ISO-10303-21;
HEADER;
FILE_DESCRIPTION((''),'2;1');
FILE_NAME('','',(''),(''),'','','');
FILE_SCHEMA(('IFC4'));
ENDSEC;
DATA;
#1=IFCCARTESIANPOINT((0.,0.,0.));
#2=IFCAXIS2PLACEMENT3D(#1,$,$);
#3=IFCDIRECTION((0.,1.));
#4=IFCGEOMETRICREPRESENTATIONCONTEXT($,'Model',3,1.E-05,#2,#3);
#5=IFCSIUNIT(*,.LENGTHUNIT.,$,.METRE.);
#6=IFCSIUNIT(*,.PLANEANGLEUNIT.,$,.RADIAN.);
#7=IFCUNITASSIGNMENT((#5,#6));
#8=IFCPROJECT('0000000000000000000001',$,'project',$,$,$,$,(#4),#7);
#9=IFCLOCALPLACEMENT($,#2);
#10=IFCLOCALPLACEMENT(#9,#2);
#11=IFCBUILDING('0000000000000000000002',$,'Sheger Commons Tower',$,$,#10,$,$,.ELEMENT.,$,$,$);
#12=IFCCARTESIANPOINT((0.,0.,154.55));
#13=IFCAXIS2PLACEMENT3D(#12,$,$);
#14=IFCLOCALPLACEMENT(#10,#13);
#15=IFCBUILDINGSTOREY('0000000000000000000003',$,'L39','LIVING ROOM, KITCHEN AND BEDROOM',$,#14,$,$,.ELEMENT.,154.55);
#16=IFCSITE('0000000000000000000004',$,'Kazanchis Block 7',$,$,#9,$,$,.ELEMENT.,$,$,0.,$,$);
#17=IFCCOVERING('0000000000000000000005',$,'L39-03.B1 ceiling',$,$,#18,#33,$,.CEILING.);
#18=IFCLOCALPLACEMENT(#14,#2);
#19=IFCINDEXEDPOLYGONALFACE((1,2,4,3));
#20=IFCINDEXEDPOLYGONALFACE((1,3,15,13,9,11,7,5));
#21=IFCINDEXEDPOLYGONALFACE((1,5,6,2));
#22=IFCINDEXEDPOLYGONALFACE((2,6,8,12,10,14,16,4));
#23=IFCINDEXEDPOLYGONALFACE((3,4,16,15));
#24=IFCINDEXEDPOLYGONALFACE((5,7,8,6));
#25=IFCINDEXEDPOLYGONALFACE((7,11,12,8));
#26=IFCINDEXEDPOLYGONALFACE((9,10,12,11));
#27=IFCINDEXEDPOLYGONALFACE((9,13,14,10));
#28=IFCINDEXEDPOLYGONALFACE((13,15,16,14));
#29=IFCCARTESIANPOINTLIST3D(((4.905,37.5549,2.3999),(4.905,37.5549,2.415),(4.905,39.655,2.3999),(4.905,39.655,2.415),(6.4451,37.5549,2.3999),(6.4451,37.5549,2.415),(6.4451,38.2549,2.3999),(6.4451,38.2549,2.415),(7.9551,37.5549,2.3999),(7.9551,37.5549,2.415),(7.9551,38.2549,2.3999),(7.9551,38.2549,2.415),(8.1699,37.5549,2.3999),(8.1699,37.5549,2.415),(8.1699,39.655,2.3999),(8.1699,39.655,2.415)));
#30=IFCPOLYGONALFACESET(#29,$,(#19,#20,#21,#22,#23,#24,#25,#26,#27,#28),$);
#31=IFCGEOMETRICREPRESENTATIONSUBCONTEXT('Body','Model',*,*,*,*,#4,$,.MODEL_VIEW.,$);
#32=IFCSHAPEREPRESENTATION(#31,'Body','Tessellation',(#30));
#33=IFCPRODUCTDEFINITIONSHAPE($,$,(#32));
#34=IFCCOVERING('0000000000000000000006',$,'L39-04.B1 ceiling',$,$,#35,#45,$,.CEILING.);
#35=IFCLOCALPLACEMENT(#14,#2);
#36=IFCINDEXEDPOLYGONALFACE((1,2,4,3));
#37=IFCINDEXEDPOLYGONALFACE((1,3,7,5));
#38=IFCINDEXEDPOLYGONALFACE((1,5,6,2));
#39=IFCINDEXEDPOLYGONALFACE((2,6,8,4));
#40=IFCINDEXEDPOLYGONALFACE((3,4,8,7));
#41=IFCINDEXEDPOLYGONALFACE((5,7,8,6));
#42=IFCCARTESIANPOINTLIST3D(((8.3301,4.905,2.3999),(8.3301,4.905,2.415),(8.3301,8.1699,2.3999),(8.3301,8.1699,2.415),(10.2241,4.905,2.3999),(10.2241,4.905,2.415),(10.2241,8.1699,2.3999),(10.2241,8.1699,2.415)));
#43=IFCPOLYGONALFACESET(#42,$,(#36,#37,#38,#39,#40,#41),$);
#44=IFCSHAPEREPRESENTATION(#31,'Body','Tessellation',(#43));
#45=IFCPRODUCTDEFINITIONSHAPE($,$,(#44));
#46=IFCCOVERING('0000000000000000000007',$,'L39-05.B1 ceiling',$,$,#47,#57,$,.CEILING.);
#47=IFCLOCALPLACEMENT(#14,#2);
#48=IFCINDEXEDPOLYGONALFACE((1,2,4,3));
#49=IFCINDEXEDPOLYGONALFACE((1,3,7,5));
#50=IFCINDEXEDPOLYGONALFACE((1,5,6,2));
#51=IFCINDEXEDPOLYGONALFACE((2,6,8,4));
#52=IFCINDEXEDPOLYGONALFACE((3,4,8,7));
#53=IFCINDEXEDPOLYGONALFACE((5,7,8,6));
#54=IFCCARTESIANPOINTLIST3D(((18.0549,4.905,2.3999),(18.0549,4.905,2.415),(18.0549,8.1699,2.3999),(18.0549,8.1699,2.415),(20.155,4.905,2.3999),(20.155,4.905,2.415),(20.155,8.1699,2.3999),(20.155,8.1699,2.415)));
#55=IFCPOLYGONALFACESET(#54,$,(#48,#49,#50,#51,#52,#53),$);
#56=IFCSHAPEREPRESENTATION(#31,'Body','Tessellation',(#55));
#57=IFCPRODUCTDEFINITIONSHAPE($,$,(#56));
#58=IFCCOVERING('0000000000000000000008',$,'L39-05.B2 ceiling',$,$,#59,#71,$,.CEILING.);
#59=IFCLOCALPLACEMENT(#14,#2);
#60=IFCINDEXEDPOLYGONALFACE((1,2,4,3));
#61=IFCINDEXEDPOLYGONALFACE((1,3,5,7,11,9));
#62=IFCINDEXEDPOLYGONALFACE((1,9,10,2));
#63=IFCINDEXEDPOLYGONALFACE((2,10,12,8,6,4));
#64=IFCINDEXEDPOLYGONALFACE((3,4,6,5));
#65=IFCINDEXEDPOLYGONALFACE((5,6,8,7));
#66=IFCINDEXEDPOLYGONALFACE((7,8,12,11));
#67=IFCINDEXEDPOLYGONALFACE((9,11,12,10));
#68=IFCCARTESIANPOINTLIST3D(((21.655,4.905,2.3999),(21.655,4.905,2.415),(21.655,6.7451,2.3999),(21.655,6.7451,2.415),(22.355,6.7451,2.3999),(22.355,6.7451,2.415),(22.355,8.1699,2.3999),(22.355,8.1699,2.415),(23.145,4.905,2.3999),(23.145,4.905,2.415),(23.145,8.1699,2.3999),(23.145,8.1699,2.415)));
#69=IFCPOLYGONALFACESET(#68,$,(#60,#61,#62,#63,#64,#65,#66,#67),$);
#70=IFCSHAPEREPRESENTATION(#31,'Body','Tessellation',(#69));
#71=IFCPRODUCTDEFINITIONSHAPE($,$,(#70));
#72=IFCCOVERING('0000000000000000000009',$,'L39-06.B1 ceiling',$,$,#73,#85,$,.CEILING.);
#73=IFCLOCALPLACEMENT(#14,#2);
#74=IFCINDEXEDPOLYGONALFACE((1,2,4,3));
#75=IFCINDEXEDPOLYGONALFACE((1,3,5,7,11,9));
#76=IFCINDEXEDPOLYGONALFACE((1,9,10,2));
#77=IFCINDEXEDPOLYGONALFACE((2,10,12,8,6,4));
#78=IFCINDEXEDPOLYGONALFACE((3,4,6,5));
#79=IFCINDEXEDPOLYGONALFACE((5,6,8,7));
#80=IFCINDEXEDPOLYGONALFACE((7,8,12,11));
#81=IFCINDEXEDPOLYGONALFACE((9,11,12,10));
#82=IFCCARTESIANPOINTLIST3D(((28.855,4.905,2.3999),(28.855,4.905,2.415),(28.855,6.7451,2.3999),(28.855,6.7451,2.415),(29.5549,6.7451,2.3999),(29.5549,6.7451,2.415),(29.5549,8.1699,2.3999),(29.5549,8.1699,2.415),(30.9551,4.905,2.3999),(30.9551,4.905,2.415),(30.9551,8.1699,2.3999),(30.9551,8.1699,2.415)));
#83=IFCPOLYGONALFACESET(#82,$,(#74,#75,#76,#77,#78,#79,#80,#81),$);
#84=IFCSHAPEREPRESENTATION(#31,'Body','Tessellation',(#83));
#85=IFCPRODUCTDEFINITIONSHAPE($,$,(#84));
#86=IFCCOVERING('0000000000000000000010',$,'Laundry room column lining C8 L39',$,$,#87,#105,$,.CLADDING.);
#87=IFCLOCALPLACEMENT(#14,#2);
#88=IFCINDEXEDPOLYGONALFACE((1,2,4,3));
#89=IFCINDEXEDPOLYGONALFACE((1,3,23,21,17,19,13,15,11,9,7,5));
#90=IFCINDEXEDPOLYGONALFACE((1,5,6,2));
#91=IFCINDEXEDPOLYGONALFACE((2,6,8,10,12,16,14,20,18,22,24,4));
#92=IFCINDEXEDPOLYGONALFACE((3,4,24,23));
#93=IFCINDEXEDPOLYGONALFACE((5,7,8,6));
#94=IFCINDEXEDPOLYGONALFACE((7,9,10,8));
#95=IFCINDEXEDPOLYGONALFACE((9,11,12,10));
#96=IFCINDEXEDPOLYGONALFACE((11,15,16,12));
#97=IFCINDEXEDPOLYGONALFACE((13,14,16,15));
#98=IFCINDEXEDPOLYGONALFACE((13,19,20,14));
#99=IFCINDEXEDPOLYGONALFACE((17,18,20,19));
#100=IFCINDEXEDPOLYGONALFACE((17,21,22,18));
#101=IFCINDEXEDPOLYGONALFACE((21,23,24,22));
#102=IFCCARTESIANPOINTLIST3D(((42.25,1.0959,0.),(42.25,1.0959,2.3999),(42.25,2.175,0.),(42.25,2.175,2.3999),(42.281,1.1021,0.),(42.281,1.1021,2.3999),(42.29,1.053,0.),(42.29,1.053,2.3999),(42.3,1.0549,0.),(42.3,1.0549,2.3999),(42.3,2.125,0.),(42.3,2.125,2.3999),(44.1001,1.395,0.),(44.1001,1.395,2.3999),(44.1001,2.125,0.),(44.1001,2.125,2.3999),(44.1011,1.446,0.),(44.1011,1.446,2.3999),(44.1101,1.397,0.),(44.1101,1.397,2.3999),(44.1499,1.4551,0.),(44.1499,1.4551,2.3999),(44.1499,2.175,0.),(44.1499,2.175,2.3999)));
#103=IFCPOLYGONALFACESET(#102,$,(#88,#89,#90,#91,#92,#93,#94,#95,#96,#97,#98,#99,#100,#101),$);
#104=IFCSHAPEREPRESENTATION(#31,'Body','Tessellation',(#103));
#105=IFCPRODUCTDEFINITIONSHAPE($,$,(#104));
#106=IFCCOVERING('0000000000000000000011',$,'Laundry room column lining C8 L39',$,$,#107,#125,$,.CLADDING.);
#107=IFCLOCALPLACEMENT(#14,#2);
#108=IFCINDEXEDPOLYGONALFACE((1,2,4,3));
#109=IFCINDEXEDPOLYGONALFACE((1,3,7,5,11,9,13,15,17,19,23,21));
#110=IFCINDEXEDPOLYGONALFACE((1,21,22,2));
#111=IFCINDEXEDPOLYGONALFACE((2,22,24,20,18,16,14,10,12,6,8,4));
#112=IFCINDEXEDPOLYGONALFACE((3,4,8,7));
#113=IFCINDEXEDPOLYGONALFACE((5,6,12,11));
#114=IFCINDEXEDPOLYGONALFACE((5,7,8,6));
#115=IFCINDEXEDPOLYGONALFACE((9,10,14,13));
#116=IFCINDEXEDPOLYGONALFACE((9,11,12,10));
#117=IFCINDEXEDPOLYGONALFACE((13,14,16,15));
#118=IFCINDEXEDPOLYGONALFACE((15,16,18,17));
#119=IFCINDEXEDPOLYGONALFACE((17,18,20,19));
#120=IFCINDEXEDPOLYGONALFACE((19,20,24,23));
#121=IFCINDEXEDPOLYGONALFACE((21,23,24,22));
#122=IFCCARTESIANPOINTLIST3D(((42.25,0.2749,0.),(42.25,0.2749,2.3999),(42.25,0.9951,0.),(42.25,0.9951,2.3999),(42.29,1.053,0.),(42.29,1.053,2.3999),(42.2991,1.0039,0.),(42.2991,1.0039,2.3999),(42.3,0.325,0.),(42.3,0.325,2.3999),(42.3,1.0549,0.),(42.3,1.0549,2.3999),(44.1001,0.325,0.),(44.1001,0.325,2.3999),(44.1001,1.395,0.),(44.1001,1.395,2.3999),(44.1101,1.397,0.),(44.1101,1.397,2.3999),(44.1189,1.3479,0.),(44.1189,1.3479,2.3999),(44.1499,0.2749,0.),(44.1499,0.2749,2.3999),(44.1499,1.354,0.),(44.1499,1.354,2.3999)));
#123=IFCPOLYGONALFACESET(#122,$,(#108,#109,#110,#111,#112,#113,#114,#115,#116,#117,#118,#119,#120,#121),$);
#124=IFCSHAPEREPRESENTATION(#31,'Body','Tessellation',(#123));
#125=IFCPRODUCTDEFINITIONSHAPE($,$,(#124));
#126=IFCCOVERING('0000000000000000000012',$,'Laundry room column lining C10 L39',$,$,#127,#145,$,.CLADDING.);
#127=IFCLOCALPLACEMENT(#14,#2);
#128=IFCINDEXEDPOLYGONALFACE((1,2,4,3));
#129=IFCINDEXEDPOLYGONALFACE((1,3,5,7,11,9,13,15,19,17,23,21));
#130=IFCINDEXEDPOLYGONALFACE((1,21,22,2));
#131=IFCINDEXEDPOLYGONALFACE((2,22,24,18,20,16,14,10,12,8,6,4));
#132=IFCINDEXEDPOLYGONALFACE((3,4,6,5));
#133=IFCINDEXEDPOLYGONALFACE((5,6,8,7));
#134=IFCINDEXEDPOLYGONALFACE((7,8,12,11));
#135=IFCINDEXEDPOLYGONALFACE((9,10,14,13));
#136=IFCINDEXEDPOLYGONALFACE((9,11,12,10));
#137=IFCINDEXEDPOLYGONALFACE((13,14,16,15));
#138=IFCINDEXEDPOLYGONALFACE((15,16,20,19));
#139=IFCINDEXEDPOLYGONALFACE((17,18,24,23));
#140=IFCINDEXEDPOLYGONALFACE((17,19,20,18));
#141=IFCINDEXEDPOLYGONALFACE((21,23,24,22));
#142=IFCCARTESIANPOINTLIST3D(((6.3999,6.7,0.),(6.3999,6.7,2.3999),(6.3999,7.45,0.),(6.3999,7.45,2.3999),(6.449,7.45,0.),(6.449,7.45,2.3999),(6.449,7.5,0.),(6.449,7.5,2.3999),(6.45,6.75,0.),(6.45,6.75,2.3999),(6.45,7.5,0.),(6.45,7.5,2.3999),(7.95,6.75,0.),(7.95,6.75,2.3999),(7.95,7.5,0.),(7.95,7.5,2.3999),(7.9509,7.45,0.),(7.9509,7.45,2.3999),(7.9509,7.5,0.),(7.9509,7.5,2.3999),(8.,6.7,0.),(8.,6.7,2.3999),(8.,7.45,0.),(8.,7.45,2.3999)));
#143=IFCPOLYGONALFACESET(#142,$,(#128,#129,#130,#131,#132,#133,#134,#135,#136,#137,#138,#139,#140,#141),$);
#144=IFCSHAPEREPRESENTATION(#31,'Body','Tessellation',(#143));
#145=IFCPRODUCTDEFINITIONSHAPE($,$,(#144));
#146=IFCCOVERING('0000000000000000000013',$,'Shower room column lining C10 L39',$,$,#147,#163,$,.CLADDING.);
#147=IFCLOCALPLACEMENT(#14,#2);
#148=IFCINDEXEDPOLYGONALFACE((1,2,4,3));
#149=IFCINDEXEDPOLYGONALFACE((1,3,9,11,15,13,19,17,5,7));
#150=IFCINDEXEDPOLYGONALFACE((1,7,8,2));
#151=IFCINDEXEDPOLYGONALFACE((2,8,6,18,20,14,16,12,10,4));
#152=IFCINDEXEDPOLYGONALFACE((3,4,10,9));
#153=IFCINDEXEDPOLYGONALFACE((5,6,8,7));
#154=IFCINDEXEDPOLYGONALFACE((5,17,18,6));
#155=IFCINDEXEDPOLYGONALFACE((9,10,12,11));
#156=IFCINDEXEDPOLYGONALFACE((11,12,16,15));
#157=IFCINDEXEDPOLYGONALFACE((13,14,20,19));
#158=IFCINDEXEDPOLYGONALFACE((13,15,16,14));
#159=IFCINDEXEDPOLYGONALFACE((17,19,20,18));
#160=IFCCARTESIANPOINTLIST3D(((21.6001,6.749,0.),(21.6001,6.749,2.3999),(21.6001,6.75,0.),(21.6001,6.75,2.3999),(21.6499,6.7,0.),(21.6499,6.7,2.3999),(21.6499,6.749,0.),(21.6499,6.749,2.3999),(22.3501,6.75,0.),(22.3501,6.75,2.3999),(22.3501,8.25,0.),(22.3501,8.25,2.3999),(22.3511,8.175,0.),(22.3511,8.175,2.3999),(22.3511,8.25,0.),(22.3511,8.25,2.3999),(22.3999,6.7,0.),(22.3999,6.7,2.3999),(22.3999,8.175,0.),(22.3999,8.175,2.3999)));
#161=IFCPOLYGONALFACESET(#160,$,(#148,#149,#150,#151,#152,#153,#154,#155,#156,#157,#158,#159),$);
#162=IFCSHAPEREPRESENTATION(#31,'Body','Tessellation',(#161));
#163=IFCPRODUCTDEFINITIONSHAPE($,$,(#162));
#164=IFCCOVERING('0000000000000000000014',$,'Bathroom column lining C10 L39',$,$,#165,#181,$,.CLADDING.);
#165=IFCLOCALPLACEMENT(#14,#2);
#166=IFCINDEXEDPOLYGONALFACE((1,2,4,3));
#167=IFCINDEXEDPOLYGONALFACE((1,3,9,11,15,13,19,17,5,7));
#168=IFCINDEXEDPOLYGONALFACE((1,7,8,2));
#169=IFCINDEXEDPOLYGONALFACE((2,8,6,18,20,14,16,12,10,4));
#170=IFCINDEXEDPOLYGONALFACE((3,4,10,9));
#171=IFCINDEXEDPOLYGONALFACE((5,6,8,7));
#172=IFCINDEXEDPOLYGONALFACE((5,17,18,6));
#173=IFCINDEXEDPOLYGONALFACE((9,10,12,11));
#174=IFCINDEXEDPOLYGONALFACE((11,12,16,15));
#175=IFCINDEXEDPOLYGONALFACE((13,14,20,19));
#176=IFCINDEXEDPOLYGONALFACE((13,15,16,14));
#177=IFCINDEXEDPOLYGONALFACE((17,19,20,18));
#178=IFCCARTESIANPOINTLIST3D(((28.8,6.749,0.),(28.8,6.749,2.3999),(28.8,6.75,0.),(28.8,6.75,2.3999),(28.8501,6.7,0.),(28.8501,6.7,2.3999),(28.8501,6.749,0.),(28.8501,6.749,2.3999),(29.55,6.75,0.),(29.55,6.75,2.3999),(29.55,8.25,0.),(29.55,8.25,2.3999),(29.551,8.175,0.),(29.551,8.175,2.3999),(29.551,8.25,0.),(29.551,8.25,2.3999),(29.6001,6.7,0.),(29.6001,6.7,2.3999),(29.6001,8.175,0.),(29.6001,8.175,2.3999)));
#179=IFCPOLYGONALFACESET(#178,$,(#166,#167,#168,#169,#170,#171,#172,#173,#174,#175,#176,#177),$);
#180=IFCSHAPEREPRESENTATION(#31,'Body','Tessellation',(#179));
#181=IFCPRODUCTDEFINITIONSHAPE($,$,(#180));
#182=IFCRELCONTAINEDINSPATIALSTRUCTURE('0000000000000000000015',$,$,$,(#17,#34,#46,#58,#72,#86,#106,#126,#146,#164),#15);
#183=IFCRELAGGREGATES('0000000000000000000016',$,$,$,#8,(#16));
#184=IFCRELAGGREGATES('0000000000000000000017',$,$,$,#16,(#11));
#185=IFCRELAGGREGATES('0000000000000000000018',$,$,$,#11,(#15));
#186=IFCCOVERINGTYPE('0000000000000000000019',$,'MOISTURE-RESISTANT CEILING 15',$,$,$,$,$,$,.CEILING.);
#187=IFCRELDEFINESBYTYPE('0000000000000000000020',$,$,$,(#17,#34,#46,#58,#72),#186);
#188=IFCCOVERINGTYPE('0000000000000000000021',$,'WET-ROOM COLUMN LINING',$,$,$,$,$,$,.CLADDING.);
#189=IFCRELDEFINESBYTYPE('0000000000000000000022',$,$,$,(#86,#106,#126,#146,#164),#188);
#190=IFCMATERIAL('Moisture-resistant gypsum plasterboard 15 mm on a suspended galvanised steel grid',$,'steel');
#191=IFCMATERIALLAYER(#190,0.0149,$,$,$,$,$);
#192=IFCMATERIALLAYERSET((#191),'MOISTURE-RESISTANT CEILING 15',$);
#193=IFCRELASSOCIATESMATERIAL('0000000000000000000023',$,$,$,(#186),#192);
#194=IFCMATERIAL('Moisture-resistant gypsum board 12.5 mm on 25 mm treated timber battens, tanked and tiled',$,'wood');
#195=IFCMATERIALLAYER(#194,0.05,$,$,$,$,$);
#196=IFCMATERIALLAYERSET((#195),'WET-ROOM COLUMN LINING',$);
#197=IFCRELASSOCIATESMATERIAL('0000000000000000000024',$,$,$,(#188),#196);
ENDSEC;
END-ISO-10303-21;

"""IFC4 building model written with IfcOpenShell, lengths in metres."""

from ifc_helpers import new_model, si_unit, direction, frame, origin, place, context, subcontext, project, spatial, polyline, outline, extrude, material, layer, layer_set, type_object, element, save


model = new_model("IFC4")

# Units and contexts
model_context = context("Model", 3, precision=1e-05, world=origin(), true_north=direction((0.0, 1.0)))
body_context = subcontext(model_context, "Body", "Model", "MODEL_VIEW")
ifc_project = project(units=[si_unit("LENGTHUNIT", "METRE"), si_unit("PLANEANGLEUNIT", "RADIAN")], contexts=[model_context])

# Site, building, storey
site_placement = place(None, origin())
site = spatial("IfcSite", under=ifc_project, at=site_placement, Name="Kazanchis Block 7", CompositionType="ELEMENT", RefElevation=0.0)
building_placement = place(site_placement, origin())
building = spatial("IfcBuilding", under=site, at=building_placement, Name="Sheger Commons Tower", CompositionType="ELEMENT")
storey_placement = place(building_placement, frame((0.0, 0.0, 154.55)))
storey = spatial("IfcBuildingStorey", under=building, at=storey_placement, Name="L39", Description="LIVING ROOM, KITCHEN AND BEDROOM", CompositionType="ELEMENT", Elevation=154.55)

# Coverings
ifc_material_1 = material(Name="Moisture-resistant gypsum plasterboard 15 mm on a suspended galvanised steel grid", Category="steel")
ifc_layer_1 = layer(ifc_material_1, 0.0149)
ifc_layer_set_1 = layer_set([ifc_layer_1], Name="MOISTURE-RESISTANT CEILING 15")
covering_type_1 = type_object("IfcCoveringType", Name="MOISTURE-RESISTANT CEILING 15", PredefinedType="CEILING", material=ifc_layer_set_1)
covering_1_placement = place(storey_placement, frame((0.0, 0.0, 2.3999)))
element("IfcCovering", 1, at=covering_1_placement, inside=storey, type_object=covering_type_1, Name="L39-03.B1 ceiling", PredefinedType="CEILING", context=body_context, shape_type="SweptSolid", body=[
    extrude(outline(polyline([(4.905, 37.5549), (6.4451, 37.5549), (6.4451, 38.2549), (7.9551, 38.2549), (7.9551, 37.5549), (8.1699, 37.5549), (8.1699, 39.655), (4.905, 39.655), (4.905, 37.5549)])), origin(), (0.0, 0.0, 1.0), 0.0151),
])
covering_2_placement = place(storey_placement, frame((0.0, 0.0, 2.3999)))
element("IfcCovering", 2, at=covering_2_placement, inside=storey, type_object=covering_type_1, Name="L39-04.B1 ceiling", PredefinedType="CEILING", context=body_context, shape_type="SweptSolid", body=[
    extrude(outline(polyline([(8.3301, 4.905), (10.2241, 4.905), (10.2241, 8.1699), (8.3301, 8.1699), (8.3301, 4.905)])), origin(), (0.0, 0.0, 1.0), 0.0151),
])
covering_3_placement = place(storey_placement, frame((0.0, 0.0, 2.3999)))
element("IfcCovering", 3, at=covering_3_placement, inside=storey, type_object=covering_type_1, Name="L39-05.B1 ceiling", PredefinedType="CEILING", context=body_context, shape_type="SweptSolid", body=[
    extrude(outline(polyline([(18.0549, 4.905), (20.155, 4.905), (20.155, 8.1699), (18.0549, 8.1699), (18.0549, 4.905)])), origin(), (0.0, 0.0, 1.0), 0.0151),
])
covering_4_placement = place(storey_placement, frame((0.0, 0.0, 2.3999)))
element("IfcCovering", 4, at=covering_4_placement, inside=storey, type_object=covering_type_1, Name="L39-05.B2 ceiling", PredefinedType="CEILING", context=body_context, shape_type="SweptSolid", body=[
    extrude(outline(polyline([(21.655, 4.905), (23.145, 4.905), (23.145, 8.1699), (22.355, 8.1699), (22.355, 6.7451), (21.655, 6.7451), (21.655, 4.905)])), origin(), (0.0, 0.0, 1.0), 0.0151),
])
covering_5_placement = place(storey_placement, frame((0.0, 0.0, 2.3999)))
element("IfcCovering", 5, at=covering_5_placement, inside=storey, type_object=covering_type_1, Name="L39-06.B1 ceiling", PredefinedType="CEILING", context=body_context, shape_type="SweptSolid", body=[
    extrude(outline(polyline([(28.855, 4.905), (30.9551, 4.905), (30.9551, 8.1699), (29.5549, 8.1699), (29.5549, 6.7451), (28.855, 6.7451), (28.855, 4.905)])), origin(), (0.0, 0.0, 1.0), 0.0151),
])
ifc_material_2 = material(Name="Moisture-resistant gypsum board 12.5 mm on 25 mm treated timber battens, tanked and tiled", Category="wood")
ifc_layer_2 = layer(ifc_material_2, 0.05)
ifc_layer_set_2 = layer_set([ifc_layer_2], Name="WET-ROOM COLUMN LINING")
covering_type_2 = type_object("IfcCoveringType", Name="WET-ROOM COLUMN LINING", PredefinedType="CLADDING", material=ifc_layer_set_2)
covering_6_placement = place(storey_placement, origin())
element("IfcCovering", 6, at=covering_6_placement, inside=storey, type_object=covering_type_2, Name="Laundry room column lining C8 L39", PredefinedType="CLADDING", context=body_context, shape_type="SweptSolid", body=[
    extrude(outline(polyline([(44.1499, 2.175), (44.1499, 1.4551), (44.1011, 1.446), (44.1101, 1.397), (44.1001, 1.395), (44.1001, 2.125), (42.3, 2.125), (42.3, 1.0549), (42.29, 1.053), (42.281, 1.1021), (42.25, 1.0959), (42.25, 2.175), (44.1499, 2.175)])), origin(), (0.0, 0.0, 1.0), 2.3999),
])
covering_7_placement = place(storey_placement, origin())
element("IfcCovering", 7, at=covering_7_placement, inside=storey, type_object=covering_type_2, Name="Laundry room column lining C8 L39", PredefinedType="CLADDING", context=body_context, shape_type="SweptSolid", body=[
    extrude(outline(polyline([(42.3, 1.0549), (42.3, 0.325), (44.1001, 0.325), (44.1001, 1.395), (44.1101, 1.397), (44.1189, 1.3479), (44.1499, 1.354), (44.1499, 0.2749), (42.25, 0.2749), (42.25, 0.9951), (42.2991, 1.0039), (42.29, 1.053), (42.3, 1.0549)])), origin(), (0.0, 0.0, 1.0), 2.3999),
])
covering_8_placement = place(storey_placement, origin())
element("IfcCovering", 8, at=covering_8_placement, inside=storey, type_object=covering_type_2, Name="Laundry room column lining C10 L39", PredefinedType="CLADDING", context=body_context, shape_type="SweptSolid", body=[
    extrude(outline(polyline([(6.45, 7.5), (6.45, 6.75), (7.95, 6.75), (7.95, 7.5), (7.9509, 7.5), (7.9509, 7.45), (8.0, 7.45), (8.0, 6.7), (6.3999, 6.7), (6.3999, 7.45), (6.449, 7.45), (6.449, 7.5), (6.45, 7.5)])), origin(), (0.0, 0.0, 1.0), 2.3999),
])
covering_9_placement = place(storey_placement, origin())
element("IfcCovering", 9, at=covering_9_placement, inside=storey, type_object=covering_type_2, Name="Shower room column lining C10 L39", PredefinedType="CLADDING", context=body_context, shape_type="SweptSolid", body=[
    extrude(outline(polyline([(21.6499, 6.7), (21.6499, 6.749), (21.6001, 6.749), (21.6001, 6.75), (22.3501, 6.75), (22.3501, 8.25), (22.3511, 8.25), (22.3511, 8.175), (22.3999, 8.175), (22.3999, 6.7), (21.6499, 6.7)])), origin(), (0.0, 0.0, 1.0), 2.3999),
])
covering_10_placement = place(storey_placement, origin())
element("IfcCovering", 10, at=covering_10_placement, inside=storey, type_object=covering_type_2, Name="Bathroom column lining C10 L39", PredefinedType="CLADDING", context=body_context, shape_type="SweptSolid", body=[
    extrude(outline(polyline([(28.8501, 6.7), (28.8501, 6.749), (28.8, 6.749), (28.8, 6.75), (29.55, 6.75), (29.55, 8.25), (29.551, 8.25), (29.551, 8.175), (29.6001, 8.175), (29.6001, 6.7), (28.8501, 6.7)])), origin(), (0.0, 0.0, 1.0), 2.3999),
])

save(model, "model.ifc")
